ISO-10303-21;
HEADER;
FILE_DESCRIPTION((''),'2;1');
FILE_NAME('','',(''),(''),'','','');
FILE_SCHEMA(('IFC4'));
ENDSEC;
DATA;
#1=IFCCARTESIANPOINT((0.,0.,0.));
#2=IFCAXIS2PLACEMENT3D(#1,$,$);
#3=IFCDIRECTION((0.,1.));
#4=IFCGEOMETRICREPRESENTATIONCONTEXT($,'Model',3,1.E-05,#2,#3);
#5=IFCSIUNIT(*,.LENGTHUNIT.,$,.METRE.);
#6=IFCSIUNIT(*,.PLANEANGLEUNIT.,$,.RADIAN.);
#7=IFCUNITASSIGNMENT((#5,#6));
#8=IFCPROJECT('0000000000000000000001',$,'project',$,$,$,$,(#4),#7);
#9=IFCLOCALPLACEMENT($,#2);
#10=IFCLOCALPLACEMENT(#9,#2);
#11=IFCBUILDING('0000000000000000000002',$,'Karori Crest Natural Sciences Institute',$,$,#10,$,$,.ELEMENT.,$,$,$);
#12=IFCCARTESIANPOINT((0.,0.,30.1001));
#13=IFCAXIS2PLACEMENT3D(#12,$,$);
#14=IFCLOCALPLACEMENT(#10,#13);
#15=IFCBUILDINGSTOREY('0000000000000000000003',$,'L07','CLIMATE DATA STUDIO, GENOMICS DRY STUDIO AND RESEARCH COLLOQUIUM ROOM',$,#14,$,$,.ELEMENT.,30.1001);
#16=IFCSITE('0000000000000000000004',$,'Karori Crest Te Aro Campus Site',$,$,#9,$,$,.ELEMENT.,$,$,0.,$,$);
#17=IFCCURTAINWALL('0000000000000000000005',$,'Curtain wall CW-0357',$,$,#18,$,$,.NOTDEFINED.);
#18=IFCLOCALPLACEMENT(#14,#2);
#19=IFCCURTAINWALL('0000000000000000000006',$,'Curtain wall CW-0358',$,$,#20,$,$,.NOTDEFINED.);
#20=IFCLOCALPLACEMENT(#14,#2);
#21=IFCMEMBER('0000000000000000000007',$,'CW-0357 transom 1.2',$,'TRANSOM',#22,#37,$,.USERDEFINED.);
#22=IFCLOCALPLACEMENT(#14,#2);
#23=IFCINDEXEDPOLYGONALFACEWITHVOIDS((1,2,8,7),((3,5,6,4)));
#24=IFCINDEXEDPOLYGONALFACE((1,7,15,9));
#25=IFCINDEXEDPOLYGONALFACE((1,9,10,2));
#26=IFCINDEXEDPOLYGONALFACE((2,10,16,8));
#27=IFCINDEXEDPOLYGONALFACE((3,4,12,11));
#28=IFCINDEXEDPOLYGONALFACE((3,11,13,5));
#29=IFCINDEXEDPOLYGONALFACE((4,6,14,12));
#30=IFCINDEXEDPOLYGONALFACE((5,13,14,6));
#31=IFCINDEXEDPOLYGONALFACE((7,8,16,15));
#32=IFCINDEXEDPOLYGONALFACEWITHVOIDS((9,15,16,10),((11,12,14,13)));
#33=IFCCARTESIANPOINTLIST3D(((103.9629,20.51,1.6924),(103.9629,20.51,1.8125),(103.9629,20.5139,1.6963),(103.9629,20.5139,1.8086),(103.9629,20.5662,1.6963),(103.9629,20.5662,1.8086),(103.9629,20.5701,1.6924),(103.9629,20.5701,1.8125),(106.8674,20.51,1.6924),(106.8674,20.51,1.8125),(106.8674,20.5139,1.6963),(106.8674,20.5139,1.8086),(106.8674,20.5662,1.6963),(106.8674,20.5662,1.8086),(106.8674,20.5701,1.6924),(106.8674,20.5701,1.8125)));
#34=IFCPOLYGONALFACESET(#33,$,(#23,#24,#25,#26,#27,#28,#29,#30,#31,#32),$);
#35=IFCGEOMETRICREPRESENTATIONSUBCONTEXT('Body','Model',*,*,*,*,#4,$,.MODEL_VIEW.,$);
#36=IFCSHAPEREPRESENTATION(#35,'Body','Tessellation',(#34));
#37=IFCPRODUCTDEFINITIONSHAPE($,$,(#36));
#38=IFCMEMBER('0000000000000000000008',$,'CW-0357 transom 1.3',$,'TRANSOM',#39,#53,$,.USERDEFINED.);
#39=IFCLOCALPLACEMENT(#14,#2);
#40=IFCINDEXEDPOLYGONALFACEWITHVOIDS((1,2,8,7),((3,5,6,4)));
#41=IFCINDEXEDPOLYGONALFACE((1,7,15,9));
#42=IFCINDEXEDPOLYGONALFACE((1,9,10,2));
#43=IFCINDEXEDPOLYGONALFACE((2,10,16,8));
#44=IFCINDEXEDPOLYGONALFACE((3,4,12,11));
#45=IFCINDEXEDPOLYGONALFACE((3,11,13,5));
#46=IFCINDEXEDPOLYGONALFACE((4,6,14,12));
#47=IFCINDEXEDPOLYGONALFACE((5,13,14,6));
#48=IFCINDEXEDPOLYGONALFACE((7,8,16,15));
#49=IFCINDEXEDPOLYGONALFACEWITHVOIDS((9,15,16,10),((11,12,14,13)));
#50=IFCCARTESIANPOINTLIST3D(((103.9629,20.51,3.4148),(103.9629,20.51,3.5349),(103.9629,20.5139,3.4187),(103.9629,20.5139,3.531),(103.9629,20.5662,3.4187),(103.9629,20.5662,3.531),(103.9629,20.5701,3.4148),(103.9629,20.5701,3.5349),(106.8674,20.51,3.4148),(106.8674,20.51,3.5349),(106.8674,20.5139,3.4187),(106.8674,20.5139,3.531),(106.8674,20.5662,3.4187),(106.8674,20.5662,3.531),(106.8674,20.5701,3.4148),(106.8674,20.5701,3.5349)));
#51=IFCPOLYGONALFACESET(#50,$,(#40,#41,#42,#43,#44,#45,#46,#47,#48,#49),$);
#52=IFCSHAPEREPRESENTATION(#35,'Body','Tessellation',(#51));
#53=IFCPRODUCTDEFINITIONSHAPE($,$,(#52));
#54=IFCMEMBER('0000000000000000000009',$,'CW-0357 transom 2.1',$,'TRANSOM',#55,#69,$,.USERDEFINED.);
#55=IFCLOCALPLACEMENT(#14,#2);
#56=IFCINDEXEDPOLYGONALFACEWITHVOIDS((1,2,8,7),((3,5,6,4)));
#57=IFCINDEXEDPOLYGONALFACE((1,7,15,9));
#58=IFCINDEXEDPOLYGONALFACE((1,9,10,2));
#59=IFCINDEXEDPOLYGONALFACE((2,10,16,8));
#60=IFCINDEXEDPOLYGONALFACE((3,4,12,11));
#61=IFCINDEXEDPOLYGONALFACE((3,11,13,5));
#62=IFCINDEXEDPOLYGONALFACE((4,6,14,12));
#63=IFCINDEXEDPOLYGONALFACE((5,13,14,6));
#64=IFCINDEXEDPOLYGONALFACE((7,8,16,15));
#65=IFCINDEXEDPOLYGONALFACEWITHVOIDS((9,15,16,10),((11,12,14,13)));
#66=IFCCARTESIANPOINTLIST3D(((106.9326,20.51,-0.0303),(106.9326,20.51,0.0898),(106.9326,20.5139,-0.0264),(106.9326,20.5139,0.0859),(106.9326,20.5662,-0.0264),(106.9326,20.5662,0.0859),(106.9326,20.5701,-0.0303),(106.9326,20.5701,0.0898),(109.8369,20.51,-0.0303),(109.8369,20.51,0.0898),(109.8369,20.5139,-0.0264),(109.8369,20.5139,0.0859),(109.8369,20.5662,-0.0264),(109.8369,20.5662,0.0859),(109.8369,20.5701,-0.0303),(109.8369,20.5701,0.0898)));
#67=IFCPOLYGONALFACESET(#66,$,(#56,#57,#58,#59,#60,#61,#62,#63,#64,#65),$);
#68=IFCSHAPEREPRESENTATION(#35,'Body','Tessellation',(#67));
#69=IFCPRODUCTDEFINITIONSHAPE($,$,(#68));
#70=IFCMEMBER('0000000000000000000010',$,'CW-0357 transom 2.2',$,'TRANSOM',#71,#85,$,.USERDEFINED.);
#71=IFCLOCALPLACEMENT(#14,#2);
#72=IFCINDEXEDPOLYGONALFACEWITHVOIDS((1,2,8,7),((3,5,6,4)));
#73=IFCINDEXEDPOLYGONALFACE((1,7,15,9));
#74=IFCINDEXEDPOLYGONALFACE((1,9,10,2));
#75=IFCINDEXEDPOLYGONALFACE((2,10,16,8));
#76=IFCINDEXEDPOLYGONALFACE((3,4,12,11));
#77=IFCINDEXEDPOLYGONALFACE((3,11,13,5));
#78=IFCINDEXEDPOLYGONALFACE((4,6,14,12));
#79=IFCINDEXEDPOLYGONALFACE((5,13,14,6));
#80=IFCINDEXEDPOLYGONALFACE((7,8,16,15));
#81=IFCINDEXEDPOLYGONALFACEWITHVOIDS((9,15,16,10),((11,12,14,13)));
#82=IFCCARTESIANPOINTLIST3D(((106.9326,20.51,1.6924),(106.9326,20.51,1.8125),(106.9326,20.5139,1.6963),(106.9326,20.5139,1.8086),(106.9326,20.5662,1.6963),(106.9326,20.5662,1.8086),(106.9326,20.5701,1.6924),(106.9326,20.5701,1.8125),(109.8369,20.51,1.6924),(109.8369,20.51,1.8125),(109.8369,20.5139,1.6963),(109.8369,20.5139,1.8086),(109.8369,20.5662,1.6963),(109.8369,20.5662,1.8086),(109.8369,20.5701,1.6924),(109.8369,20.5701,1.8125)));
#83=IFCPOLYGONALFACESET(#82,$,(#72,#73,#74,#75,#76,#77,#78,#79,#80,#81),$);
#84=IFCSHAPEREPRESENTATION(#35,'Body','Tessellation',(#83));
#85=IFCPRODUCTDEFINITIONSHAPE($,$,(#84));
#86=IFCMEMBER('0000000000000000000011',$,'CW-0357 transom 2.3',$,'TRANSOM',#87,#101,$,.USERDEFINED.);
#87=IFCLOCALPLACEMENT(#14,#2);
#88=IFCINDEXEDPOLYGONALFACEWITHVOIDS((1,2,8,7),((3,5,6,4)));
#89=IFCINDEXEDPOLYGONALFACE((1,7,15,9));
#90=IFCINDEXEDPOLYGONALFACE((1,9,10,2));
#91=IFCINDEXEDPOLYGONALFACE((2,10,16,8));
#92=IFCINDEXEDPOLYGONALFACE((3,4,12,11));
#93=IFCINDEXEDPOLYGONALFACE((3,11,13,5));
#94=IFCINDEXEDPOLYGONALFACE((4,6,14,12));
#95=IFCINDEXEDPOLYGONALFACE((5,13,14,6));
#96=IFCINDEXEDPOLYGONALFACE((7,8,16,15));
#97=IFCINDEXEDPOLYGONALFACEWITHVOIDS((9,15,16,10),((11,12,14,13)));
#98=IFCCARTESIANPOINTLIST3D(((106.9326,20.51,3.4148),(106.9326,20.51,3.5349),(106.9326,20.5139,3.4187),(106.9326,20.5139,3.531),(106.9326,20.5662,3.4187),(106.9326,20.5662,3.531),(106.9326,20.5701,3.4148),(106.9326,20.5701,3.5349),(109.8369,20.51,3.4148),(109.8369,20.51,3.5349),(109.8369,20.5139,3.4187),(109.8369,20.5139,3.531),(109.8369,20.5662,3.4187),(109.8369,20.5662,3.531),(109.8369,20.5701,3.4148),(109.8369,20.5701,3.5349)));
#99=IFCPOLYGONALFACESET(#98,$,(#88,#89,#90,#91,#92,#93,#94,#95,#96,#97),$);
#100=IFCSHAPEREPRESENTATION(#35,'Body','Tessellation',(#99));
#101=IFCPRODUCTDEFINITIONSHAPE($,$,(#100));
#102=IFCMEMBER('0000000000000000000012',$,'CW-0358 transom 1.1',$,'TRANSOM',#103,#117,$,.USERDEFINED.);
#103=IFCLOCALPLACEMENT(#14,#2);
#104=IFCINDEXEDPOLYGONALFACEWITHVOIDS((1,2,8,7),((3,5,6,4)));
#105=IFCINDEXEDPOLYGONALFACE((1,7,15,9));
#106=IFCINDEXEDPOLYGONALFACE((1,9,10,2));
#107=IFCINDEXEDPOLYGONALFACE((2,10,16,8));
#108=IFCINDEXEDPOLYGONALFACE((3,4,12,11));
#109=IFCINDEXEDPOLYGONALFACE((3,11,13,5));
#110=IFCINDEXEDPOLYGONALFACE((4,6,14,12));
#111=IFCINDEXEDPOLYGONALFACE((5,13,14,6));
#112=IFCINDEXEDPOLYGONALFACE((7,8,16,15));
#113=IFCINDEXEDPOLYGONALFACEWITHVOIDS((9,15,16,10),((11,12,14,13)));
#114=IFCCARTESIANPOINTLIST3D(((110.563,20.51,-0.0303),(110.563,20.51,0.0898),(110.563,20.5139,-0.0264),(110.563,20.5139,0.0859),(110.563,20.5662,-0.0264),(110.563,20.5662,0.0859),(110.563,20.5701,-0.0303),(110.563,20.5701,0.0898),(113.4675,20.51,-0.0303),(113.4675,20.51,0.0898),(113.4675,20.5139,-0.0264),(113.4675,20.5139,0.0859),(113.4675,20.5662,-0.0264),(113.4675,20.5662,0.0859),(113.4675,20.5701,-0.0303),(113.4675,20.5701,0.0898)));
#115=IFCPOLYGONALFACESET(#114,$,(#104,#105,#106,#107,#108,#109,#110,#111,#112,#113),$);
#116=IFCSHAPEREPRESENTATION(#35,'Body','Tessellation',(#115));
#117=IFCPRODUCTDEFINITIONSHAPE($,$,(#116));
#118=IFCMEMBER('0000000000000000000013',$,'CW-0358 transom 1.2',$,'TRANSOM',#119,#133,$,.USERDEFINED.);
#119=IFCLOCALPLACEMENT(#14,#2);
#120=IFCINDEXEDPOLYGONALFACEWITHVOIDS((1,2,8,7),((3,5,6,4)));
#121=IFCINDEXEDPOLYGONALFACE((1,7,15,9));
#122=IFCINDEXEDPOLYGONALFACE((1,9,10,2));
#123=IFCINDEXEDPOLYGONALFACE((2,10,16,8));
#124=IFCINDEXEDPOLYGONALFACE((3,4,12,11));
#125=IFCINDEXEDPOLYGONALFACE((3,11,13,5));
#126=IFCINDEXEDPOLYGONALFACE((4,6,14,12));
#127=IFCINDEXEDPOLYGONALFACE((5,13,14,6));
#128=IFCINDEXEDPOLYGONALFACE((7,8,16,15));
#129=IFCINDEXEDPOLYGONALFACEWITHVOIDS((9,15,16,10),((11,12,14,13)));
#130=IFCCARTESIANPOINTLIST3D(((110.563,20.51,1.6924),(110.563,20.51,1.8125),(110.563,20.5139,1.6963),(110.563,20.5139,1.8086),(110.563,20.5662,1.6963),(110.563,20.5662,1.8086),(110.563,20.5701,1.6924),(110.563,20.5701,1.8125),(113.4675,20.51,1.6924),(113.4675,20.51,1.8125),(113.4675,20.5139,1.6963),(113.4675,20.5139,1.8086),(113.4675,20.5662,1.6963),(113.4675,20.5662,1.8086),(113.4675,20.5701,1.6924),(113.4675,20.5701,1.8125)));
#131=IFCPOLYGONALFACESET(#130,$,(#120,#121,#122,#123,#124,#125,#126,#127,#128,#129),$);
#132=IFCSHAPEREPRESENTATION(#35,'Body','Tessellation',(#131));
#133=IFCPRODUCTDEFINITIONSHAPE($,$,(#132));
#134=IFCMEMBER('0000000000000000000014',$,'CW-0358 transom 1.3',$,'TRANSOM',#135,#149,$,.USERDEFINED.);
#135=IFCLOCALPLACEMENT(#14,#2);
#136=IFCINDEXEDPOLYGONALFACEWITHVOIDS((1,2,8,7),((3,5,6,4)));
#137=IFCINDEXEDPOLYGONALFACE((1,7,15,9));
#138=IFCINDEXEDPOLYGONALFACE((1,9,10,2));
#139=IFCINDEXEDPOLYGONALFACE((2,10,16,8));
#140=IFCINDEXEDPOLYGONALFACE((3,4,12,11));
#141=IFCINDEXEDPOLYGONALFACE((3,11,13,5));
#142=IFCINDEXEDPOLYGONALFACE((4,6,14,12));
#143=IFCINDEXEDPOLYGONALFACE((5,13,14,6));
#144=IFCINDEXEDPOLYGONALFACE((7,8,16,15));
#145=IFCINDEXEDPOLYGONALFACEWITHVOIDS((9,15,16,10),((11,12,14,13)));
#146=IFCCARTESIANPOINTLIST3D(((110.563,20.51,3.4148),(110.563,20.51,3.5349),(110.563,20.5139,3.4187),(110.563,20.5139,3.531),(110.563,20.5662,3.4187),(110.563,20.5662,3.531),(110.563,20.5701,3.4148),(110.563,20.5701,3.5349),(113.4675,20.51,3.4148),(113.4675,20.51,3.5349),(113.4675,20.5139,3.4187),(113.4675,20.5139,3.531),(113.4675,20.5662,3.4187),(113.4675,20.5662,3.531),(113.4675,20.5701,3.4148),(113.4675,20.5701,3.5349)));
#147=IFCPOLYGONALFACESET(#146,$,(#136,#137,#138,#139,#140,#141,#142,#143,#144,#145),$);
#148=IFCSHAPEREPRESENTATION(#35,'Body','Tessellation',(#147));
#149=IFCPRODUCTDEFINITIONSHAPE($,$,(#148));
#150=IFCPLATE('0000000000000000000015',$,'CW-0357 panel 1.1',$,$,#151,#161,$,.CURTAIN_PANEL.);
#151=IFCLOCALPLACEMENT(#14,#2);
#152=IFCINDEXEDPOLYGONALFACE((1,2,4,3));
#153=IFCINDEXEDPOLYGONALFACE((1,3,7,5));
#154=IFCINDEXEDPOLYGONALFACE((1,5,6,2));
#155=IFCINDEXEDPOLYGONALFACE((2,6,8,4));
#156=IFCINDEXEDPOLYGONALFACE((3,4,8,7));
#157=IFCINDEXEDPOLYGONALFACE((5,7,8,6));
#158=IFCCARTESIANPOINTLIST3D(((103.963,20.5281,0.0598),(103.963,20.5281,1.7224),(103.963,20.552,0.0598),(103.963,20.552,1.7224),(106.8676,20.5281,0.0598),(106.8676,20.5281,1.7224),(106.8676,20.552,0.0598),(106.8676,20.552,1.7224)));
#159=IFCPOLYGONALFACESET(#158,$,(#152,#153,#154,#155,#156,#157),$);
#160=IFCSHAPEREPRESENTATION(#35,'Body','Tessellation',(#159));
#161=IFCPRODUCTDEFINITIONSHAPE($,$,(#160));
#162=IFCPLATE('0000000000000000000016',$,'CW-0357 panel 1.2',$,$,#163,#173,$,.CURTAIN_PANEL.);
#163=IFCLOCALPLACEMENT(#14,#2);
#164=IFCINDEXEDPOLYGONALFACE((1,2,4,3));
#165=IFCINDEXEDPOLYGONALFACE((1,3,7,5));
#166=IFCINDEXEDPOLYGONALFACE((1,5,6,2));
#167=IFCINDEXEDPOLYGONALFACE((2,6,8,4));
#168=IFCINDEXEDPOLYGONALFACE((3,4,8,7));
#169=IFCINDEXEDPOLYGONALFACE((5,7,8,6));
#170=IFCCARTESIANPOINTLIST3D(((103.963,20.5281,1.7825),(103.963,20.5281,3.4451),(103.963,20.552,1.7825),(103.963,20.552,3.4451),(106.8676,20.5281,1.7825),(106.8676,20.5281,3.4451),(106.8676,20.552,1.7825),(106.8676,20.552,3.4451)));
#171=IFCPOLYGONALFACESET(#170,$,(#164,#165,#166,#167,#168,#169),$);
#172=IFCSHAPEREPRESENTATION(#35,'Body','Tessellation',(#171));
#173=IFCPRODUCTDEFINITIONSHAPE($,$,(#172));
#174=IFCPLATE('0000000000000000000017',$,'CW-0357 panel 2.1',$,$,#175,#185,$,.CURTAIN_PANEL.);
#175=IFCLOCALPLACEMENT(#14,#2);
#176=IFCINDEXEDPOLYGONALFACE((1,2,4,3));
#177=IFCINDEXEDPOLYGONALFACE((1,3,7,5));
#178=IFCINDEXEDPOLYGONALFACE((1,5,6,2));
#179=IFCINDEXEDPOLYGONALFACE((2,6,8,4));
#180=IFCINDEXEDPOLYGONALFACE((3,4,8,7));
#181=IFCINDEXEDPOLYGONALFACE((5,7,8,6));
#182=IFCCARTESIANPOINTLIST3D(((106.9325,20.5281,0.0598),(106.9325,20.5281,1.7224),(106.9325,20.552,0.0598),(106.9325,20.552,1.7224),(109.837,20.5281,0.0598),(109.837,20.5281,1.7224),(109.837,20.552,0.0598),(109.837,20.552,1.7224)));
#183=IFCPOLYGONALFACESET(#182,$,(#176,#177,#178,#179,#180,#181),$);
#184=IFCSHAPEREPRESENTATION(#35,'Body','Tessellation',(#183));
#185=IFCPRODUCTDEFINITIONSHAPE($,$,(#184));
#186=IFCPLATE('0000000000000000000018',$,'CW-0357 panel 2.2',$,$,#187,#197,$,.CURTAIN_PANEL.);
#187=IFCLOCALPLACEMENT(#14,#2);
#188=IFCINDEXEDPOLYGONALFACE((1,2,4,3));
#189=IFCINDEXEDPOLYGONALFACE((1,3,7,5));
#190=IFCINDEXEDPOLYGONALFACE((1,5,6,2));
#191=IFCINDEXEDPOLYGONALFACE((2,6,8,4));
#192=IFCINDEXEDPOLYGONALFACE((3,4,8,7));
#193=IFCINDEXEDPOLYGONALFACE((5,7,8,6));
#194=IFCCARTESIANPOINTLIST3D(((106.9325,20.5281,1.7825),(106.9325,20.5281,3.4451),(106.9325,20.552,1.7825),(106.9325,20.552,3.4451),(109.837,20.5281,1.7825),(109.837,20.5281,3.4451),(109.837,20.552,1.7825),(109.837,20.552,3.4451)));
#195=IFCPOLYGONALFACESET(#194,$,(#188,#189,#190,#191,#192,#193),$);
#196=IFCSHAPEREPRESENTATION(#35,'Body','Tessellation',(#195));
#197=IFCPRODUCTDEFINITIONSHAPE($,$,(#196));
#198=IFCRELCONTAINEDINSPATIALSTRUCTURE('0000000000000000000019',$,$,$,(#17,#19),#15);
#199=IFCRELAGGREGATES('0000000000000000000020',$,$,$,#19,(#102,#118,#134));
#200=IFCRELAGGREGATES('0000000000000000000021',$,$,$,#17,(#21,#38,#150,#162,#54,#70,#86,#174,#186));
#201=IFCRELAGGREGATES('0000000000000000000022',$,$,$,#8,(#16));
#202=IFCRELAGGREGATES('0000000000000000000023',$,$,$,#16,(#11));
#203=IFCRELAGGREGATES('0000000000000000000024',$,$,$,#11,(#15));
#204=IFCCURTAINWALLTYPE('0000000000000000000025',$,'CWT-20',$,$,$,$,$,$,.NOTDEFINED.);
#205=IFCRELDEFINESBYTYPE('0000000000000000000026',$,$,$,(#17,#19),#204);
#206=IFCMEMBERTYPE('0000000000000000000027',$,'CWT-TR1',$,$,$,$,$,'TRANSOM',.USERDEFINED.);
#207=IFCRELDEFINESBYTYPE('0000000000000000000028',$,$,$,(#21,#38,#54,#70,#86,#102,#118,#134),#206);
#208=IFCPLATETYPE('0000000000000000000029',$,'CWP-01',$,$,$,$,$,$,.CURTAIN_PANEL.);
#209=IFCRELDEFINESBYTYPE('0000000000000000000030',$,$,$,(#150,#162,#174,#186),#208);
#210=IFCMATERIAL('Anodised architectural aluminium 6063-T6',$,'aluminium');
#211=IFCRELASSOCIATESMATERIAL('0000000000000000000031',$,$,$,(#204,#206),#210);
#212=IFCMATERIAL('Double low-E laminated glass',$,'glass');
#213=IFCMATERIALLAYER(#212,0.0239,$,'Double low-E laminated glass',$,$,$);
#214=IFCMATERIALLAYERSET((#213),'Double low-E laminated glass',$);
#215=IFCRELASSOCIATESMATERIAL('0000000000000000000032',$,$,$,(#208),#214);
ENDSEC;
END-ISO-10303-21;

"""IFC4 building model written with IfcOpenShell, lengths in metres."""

from ifc_helpers import new_model, si_unit, direction, frame, origin, origin_2d, place, context, subcontext, project, spatial, rectangle, hollow_rectangle, extrude, material, layer, layer_set, material_profile, profile_set, type_object, element, aggregate, save


model = new_model("IFC4")

# Units and contexts
model_context = context("Model", 3, precision=1e-05, world=origin(), true_north=direction((0.0, 1.0)))
body_context = subcontext(model_context, "Body", "Model", "MODEL_VIEW")
ifc_project = project(units=[si_unit("LENGTHUNIT", "METRE"), si_unit("PLANEANGLEUNIT", "RADIAN")], contexts=[model_context])

# Site, building, storey
site_placement = place(None, origin())
site = spatial("IfcSite", under=ifc_project, at=site_placement, Name="Karori Crest Te Aro Campus Site", CompositionType="ELEMENT", RefElevation=0.0)
building_placement = place(site_placement, origin())
building = spatial("IfcBuilding", under=site, at=building_placement, Name="Karori Crest Natural Sciences Institute", CompositionType="ELEMENT")
storey_placement = place(building_placement, frame((0.0, 0.0, 30.1001)))
storey = spatial("IfcBuildingStorey", under=building, at=storey_placement, Name="L07", Description="CLIMATE DATA STUDIO, GENOMICS DRY STUDIO AND RESEARCH COLLOQUIUM ROOM", CompositionType="ELEMENT", Elevation=30.1001)

# Curtain wall
ifc_material_1 = material(Name="Anodised architectural aluminium 6063-T6", Category="aluminium")
curtain_wall_type = type_object("IfcCurtainWallType", Name="CWT-20", PredefinedType="NOTDEFINED", material=ifc_material_1)
curtain_wall_1_placement = place(storey_placement, origin())
curtain_wall_1 = element("IfcCurtainWall", 1, at=curtain_wall_1_placement, inside=storey, type_object=curtain_wall_type, Name="Curtain wall CW-0357", PredefinedType="NOTDEFINED")

# Curtain wall
curtain_wall_2_placement = place(storey_placement, origin())
curtain_wall_2 = element("IfcCurtainWall", 2, at=curtain_wall_2_placement, inside=storey, type_object=curtain_wall_type, Name="Curtain wall CW-0358", PredefinedType="NOTDEFINED")

# Members
ifc_material_profile_1 = material_profile(ifc_material_1, hollow_rectangle(XDim=0.0601, YDim=0.1201, WallThickness=0.0039, at=origin_2d()), Name="CWT120x60x4")
ifc_profile_set_1 = profile_set([ifc_material_profile_1], Name="Anodised architectural aluminium 6063-T6")
member_type_1 = type_object("IfcMemberType", Name="CWT-TR1", ElementType="TRANSOM", PredefinedType="USERDEFINED", material=ifc_profile_set_1)
member_1_placement = place(storey_placement, frame((103.9629, 20.54, 1.7524), z_axis=(1.0, 0.0, 0.0), x_axis=(0.0, 1.0, 0.0)))
member_1 = element("IfcMember", 3, at=member_1_placement, type_object=member_type_1, Name="CW-0357 transom 1.2", ObjectType="TRANSOM", PredefinedType="USERDEFINED", context=body_context, shape_type="SweptSolid", body=[
    extrude(hollow_rectangle(XDim=0.0601, YDim=0.1201, WallThickness=0.0039, at=origin_2d()), origin(), (0.0, 0.0, 1.0), 2.9045),
])
member_2_placement = place(storey_placement, frame((103.9629, 20.54, 3.4749), z_axis=(1.0, 0.0, 0.0), x_axis=(0.0, 1.0, 0.0)))
member_2 = element("IfcMember", 4, at=member_2_placement, type_object=member_type_1, Name="CW-0357 transom 1.3", ObjectType="TRANSOM", PredefinedType="USERDEFINED", context=body_context, shape_type="SweptSolid", body=[
    extrude(hollow_rectangle(XDim=0.0601, YDim=0.1201, WallThickness=0.0039, at=origin_2d()), origin(), (0.0, 0.0, 1.0), 2.9045),
])
member_3_placement = place(storey_placement, frame((106.9326, 20.54, 0.0298), z_axis=(1.0, 0.0, 0.0), x_axis=(0.0, 1.0, 0.0)))
member_3 = element("IfcMember", 5, at=member_3_placement, type_object=member_type_1, Name="CW-0357 transom 2.1", ObjectType="TRANSOM", PredefinedType="USERDEFINED", context=body_context, shape_type="SweptSolid", body=[
    extrude(hollow_rectangle(XDim=0.0601, YDim=0.1201, WallThickness=0.0039, at=origin_2d()), origin(), (0.0, 0.0, 1.0), 2.9043),
])
member_4_placement = place(storey_placement, frame((106.9326, 20.54, 1.7524), z_axis=(1.0, 0.0, 0.0), x_axis=(0.0, 1.0, 0.0)))
member_4 = element("IfcMember", 6, at=member_4_placement, type_object=member_type_1, Name="CW-0357 transom 2.2", ObjectType="TRANSOM", PredefinedType="USERDEFINED", context=body_context, shape_type="SweptSolid", body=[
    extrude(hollow_rectangle(XDim=0.0601, YDim=0.1201, WallThickness=0.0039, at=origin_2d()), origin(), (0.0, 0.0, 1.0), 2.9043),
])
member_5_placement = place(storey_placement, frame((106.9326, 20.54, 3.4749), z_axis=(1.0, 0.0, 0.0), x_axis=(0.0, 1.0, 0.0)))
member_5 = element("IfcMember", 7, at=member_5_placement, type_object=member_type_1, Name="CW-0357 transom 2.3", ObjectType="TRANSOM", PredefinedType="USERDEFINED", context=body_context, shape_type="SweptSolid", body=[
    extrude(hollow_rectangle(XDim=0.0601, YDim=0.1201, WallThickness=0.0039, at=origin_2d()), origin(), (0.0, 0.0, 1.0), 2.9043),
])
member_6_placement = place(storey_placement, frame((110.563, 20.54, 0.0298), z_axis=(1.0, 0.0, 0.0), x_axis=(0.0, 1.0, 0.0)))
member_6 = element("IfcMember", 8, at=member_6_placement, type_object=member_type_1, Name="CW-0358 transom 1.1", ObjectType="TRANSOM", PredefinedType="USERDEFINED", context=body_context, shape_type="SweptSolid", body=[
    extrude(hollow_rectangle(XDim=0.0601, YDim=0.1201, WallThickness=0.0039, at=origin_2d()), origin(), (0.0, 0.0, 1.0), 2.9045),
])
member_7_placement = place(storey_placement, frame((110.563, 20.54, 1.7524), z_axis=(1.0, 0.0, 0.0), x_axis=(0.0, 1.0, 0.0)))
member_7 = element("IfcMember", 9, at=member_7_placement, type_object=member_type_1, Name="CW-0358 transom 1.2", ObjectType="TRANSOM", PredefinedType="USERDEFINED", context=body_context, shape_type="SweptSolid", body=[
    extrude(hollow_rectangle(XDim=0.0601, YDim=0.1201, WallThickness=0.0039, at=origin_2d()), origin(), (0.0, 0.0, 1.0), 2.9045),
])
member_8_placement = place(storey_placement, frame((110.563, 20.54, 3.4749), z_axis=(1.0, 0.0, 0.0), x_axis=(0.0, 1.0, 0.0)))
member_8 = element("IfcMember", 10, at=member_8_placement, type_object=member_type_1, Name="CW-0358 transom 1.3", ObjectType="TRANSOM", PredefinedType="USERDEFINED", context=body_context, shape_type="SweptSolid", body=[
    extrude(hollow_rectangle(XDim=0.0601, YDim=0.1201, WallThickness=0.0039, at=origin_2d()), origin(), (0.0, 0.0, 1.0), 2.9045),
])
aggregate(curtain_wall_2, [member_6, member_7, member_8])

# Plates
ifc_material_2 = material(Name="Double low-E laminated glass", Category="glass")
ifc_layer_1 = layer(ifc_material_2, 0.0239, Name="Double low-E laminated glass")
ifc_layer_set_1 = layer_set([ifc_layer_1], Name="Double low-E laminated glass")
plate_type = type_object("IfcPlateType", Name="CWP-01", PredefinedType="CURTAIN_PANEL", material=ifc_layer_set_1)
plate_1_placement = place(storey_placement, frame((105.4153, 20.54, 0.0598), z_axis=(0.0, 0.0, 1.0), x_axis=(1.0, 0.0, 0.0)))
plate_1 = element("IfcPlate", 11, at=plate_1_placement, type_object=plate_type, Name="CW-0357 panel 1.1", PredefinedType="CURTAIN_PANEL", context=body_context, shape_type="SweptSolid", body=[
    extrude(rectangle(XDim=2.9045, YDim=0.0239, at=origin_2d()), origin(), (0.0, 0.0, 1.0), 1.6626),
])
plate_2_placement = place(storey_placement, frame((105.4153, 20.54, 1.7825), z_axis=(0.0, 0.0, 1.0), x_axis=(1.0, 0.0, 0.0)))
plate_2 = element("IfcPlate", 12, at=plate_2_placement, type_object=plate_type, Name="CW-0357 panel 1.2", PredefinedType="CURTAIN_PANEL", context=body_context, shape_type="SweptSolid", body=[
    extrude(rectangle(XDim=2.9045, YDim=0.0239, at=origin_2d()), origin(), (0.0, 0.0, 1.0), 1.6626),
])
plate_3_placement = place(storey_placement, frame((108.3848, 20.54, 0.0598), z_axis=(0.0, 0.0, 1.0), x_axis=(1.0, 0.0, 0.0)))
plate_3 = element("IfcPlate", 13, at=plate_3_placement, type_object=plate_type, Name="CW-0357 panel 2.1", PredefinedType="CURTAIN_PANEL", context=body_context, shape_type="SweptSolid", body=[
    extrude(rectangle(XDim=2.9045, YDim=0.0239, at=origin_2d()), origin(), (0.0, 0.0, 1.0), 1.6626),
])
plate_4_placement = place(storey_placement, frame((108.3848, 20.54, 1.7825), z_axis=(0.0, 0.0, 1.0), x_axis=(1.0, 0.0, 0.0)))
plate_4 = element("IfcPlate", 14, at=plate_4_placement, type_object=plate_type, Name="CW-0357 panel 2.2", PredefinedType="CURTAIN_PANEL", context=body_context, shape_type="SweptSolid", body=[
    extrude(rectangle(XDim=2.9045, YDim=0.0239, at=origin_2d()), origin(), (0.0, 0.0, 1.0), 1.6626),
])
aggregate(curtain_wall_1, [member_1, member_2, plate_1, plate_2, member_3, member_4, member_5, plate_3, plate_4])

save(model, "model.ifc")
